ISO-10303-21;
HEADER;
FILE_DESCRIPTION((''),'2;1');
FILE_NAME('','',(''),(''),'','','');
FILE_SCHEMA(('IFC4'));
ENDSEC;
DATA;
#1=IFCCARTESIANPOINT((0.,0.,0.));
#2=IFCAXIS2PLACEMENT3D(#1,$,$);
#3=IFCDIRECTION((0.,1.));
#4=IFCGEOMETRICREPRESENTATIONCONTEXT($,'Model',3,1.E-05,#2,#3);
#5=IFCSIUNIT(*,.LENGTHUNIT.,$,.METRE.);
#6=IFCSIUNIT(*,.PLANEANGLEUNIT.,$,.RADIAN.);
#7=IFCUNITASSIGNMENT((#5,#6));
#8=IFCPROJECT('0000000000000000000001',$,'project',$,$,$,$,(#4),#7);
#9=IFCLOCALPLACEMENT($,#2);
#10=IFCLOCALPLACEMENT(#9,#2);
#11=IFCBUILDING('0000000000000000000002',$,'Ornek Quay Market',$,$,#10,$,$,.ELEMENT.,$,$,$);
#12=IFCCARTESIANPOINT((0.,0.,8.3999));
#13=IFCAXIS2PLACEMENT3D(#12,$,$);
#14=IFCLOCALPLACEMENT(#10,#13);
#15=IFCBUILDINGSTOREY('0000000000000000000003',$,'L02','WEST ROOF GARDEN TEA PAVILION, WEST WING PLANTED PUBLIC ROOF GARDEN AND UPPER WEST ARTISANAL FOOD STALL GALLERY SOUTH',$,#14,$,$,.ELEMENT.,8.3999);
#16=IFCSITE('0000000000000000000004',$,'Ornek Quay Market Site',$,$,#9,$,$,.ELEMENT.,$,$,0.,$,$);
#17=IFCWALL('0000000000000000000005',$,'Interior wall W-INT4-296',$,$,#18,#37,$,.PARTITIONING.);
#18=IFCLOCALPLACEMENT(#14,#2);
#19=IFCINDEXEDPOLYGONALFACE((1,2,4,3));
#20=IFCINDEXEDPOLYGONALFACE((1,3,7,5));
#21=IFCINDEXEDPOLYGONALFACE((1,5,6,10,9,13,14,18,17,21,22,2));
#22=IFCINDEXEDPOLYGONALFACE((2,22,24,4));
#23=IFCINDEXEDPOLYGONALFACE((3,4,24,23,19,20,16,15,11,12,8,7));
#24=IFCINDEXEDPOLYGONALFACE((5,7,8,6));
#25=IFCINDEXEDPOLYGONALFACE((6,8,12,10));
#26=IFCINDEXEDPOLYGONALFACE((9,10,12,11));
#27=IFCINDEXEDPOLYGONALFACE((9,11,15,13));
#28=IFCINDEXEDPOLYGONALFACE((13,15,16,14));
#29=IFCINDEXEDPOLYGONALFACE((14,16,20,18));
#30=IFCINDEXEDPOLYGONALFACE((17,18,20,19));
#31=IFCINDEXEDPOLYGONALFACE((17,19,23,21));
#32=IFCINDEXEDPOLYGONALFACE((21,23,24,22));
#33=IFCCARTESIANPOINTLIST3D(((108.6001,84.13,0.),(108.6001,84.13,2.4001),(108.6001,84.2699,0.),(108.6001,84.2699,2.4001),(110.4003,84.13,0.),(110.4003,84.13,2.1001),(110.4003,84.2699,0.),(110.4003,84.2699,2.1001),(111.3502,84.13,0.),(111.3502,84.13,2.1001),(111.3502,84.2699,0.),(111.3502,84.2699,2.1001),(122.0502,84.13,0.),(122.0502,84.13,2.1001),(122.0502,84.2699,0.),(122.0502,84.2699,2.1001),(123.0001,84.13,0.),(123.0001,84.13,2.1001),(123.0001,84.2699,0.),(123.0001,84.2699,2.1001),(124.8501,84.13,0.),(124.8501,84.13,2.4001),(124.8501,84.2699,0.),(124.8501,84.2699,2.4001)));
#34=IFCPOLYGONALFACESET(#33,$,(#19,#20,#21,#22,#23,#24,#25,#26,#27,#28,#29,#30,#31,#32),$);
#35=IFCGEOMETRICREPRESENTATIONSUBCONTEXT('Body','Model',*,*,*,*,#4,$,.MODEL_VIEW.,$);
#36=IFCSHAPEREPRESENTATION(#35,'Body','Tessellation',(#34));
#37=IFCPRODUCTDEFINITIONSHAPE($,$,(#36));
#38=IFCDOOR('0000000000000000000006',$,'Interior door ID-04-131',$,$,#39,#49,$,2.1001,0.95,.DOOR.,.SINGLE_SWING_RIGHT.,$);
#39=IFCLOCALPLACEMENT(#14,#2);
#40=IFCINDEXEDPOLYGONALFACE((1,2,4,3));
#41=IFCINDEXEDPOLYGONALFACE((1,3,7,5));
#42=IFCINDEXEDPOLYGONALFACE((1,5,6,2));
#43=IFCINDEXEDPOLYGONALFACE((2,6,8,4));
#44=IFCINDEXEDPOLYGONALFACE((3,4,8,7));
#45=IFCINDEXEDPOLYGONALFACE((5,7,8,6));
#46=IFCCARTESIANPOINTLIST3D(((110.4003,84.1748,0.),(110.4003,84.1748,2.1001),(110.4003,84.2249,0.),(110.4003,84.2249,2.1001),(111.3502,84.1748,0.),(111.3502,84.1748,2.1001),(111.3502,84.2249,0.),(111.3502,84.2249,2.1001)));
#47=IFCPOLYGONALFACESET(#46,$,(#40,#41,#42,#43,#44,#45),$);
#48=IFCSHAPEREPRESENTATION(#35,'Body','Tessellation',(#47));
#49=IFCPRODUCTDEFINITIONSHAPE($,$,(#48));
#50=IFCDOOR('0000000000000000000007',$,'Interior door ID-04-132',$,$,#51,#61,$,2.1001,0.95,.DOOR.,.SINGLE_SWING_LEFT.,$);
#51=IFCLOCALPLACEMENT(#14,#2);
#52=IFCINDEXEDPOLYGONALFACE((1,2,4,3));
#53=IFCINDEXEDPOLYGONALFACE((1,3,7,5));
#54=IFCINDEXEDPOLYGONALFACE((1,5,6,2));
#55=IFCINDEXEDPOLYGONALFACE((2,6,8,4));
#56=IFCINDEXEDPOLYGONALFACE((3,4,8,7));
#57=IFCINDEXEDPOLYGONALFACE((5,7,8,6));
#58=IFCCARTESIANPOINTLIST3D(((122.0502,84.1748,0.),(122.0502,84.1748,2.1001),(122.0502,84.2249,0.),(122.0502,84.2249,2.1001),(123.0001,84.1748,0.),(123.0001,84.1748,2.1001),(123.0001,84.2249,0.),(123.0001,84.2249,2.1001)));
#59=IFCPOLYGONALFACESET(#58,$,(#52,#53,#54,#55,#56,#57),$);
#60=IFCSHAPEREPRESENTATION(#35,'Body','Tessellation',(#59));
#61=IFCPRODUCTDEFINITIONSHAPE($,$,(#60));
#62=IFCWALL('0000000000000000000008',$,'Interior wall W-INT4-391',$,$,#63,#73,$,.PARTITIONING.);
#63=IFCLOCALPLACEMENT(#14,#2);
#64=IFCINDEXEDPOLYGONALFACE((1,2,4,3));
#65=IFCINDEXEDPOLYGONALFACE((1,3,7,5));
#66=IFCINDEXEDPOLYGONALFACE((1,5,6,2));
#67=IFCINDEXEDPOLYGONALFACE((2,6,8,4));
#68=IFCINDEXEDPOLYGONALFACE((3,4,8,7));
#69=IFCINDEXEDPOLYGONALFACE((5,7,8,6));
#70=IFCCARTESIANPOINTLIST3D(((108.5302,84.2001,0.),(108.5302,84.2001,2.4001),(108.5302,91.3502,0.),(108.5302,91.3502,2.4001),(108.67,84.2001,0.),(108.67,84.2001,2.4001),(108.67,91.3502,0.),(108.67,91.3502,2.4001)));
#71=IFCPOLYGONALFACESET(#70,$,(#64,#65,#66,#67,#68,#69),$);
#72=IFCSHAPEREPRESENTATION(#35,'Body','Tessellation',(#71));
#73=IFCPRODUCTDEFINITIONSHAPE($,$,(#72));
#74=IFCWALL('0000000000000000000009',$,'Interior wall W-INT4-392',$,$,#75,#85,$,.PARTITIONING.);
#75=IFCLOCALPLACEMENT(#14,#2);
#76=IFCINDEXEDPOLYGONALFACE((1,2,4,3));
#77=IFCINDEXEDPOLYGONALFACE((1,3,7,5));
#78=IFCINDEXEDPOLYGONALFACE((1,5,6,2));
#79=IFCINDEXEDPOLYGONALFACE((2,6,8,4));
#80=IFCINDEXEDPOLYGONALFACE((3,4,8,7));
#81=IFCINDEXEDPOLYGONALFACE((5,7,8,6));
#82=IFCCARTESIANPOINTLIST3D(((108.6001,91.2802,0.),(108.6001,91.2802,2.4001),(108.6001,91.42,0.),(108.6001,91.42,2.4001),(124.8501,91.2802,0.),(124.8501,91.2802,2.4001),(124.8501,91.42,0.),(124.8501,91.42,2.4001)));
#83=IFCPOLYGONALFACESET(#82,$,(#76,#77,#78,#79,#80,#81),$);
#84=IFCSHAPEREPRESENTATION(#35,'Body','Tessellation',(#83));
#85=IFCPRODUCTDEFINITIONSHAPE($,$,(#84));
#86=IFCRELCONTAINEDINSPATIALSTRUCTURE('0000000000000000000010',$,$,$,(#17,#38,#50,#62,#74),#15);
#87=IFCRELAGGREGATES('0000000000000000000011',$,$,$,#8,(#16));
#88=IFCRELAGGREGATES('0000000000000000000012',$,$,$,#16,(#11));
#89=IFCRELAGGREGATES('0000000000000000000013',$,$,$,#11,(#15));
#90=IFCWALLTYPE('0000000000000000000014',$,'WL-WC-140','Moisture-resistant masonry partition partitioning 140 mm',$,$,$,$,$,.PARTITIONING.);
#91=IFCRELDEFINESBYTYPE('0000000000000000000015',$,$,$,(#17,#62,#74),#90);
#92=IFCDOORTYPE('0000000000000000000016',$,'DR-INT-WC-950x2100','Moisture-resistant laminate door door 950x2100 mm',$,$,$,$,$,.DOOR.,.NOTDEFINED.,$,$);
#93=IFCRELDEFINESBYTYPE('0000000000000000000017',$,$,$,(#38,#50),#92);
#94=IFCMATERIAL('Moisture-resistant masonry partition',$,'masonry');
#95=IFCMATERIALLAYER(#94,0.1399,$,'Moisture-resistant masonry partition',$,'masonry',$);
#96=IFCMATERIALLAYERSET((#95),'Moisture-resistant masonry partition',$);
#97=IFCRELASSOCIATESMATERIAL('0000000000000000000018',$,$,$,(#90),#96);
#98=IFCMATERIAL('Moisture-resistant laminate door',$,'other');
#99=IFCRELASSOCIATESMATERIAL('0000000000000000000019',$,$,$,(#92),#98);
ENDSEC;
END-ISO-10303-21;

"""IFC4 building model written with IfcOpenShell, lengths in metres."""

from ifc_helpers import new_model, si_unit, direction, frame, frame_2d, origin, place, context, subcontext, project, spatial, rectangle, extrude, material, layer, layer_set, type_object, element, fill, save


model = new_model("IFC4")

# Units and contexts
model_context = context("Model", 3, precision=1e-05, world=origin(), true_north=direction((0.0, 1.0)))
body_context = subcontext(model_context, "Body", "Model", "MODEL_VIEW")
ifc_project = project(units=[si_unit("LENGTHUNIT", "METRE"), si_unit("PLANEANGLEUNIT", "RADIAN")], contexts=[model_context])

# Site, building, storey
site_placement = place(None, origin())
site = spatial("IfcSite", under=ifc_project, at=site_placement, Name="Ornek Quay Market Site", CompositionType="ELEMENT", RefElevation=0.0)
building_placement = place(site_placement, origin())
building = spatial("IfcBuilding", under=site, at=building_placement, Name="Ornek Quay Market", CompositionType="ELEMENT")
storey_placement = place(building_placement, frame((0.0, 0.0, 8.3999)))
storey = spatial("IfcBuildingStorey", under=building, at=storey_placement, Name="L02", Description="WEST ROOF GARDEN TEA PAVILION, WEST WING PLANTED PUBLIC ROOF GARDEN AND UPPER WEST ARTISANAL FOOD STALL GALLERY SOUTH", CompositionType="ELEMENT", Elevation=8.3999)

# Wall, openings, doors
ifc_material_1 = material(Name="Moisture-resistant masonry partition", Category="masonry")
ifc_layer_1 = layer(ifc_material_1, 0.1399, Name="Moisture-resistant masonry partition", Category="masonry")
ifc_layer_set_1 = layer_set([ifc_layer_1], Name="Moisture-resistant masonry partition")
wall_type_1 = type_object("IfcWallType", Name="WL-WC-140", Description="Moisture-resistant masonry partition partitioning 140 mm", PredefinedType="PARTITIONING", material=ifc_layer_set_1)
wall_1_placement = place(storey_placement, frame((108.6001, 84.2, 0.0), z_axis=(0.0, 0.0, 1.0), x_axis=(1.0, 0.0, 0.0)))
wall_1 = element("IfcWall", 1, at=wall_1_placement, inside=storey, type_object=wall_type_1, Name="Interior wall W-INT4-296", PredefinedType="PARTITIONING", context=body_context, shape_type="SweptSolid", body=[
    extrude(rectangle(XDim=16.25, YDim=0.1399, at=frame_2d((8.125, 0.0))), origin(), (0.0, 0.0, 1.0), 2.4001),
])
opening_1_placement = place(wall_1_placement, frame((1.8, 0.0, 0.0)))
opening_1 = element("IfcOpeningElement", 2, at=opening_1_placement, cuts=wall_1, PredefinedType="OPENING", context=body_context, shape_type="SweptSolid", body=[
    extrude(rectangle(XDim=0.95, YDim=2.1001, at=frame_2d((0.4751, 1.05))), frame((0.0, 0.0798, 0.0), z_axis=(0.0, -1.0, 0.0), x_axis=(1.0, 0.0, 0.0)), (0.0, 0.0, 1.0), 0.1599),
])
opening_2_placement = place(wall_1_placement, frame((13.45, 0.0, 0.0)))
opening_2 = element("IfcOpeningElement", 3, at=opening_2_placement, cuts=wall_1, PredefinedType="OPENING", context=body_context, shape_type="SweptSolid", body=[
    extrude(rectangle(XDim=0.95, YDim=2.1001, at=frame_2d((0.4751, 1.05))), frame((0.0, 0.0798, 0.0), z_axis=(0.0, -1.0, 0.0), x_axis=(1.0, 0.0, 0.0)), (0.0, 0.0, 1.0), 0.1599),
])
ifc_material_2 = material(Name="Moisture-resistant laminate door", Category="other")
door_type_1 = type_object("IfcDoorType", Name="DR-INT-WC-950x2100", Description="Moisture-resistant laminate door door 950x2100 mm", OperationType="NOTDEFINED", PredefinedType="DOOR", material=ifc_material_2)
door_1_placement = place(opening_1_placement, origin())
door_1 = element("IfcDoor", 4, at=door_1_placement, inside=storey, type_object=door_type_1, Name="Interior door ID-04-131", OperationType="SINGLE_SWING_RIGHT", OverallHeight=2.1001, OverallWidth=0.95, PredefinedType="DOOR", context=body_context, shape_type="SweptSolid", body=[
    extrude(rectangle(XDim=0.95, YDim=2.1001, at=frame_2d((0.4751, 1.05))), frame((0.0, 0.0249, 0.0), z_axis=(0.0, -1.0, 0.0), x_axis=(1.0, 0.0, 0.0)), (0.0, 0.0, 1.0), 0.05),
])
fill(opening_1, door_1)
door_2_placement = place(opening_2_placement, origin())
door_2 = element("IfcDoor", 5, at=door_2_placement, inside=storey, type_object=door_type_1, Name="Interior door ID-04-132", OperationType="SINGLE_SWING_LEFT", OverallHeight=2.1001, OverallWidth=0.95, PredefinedType="DOOR", context=body_context, shape_type="SweptSolid", body=[
    extrude(rectangle(XDim=0.95, YDim=2.1001, at=frame_2d((0.4751, 1.05))), frame((0.0, 0.0249, 0.0), z_axis=(0.0, -1.0, 0.0), x_axis=(1.0, 0.0, 0.0)), (0.0, 0.0, 1.0), 0.05),
])
fill(opening_2, door_2)

# Walls
wall_2_placement = place(storey_placement, frame((108.6001, 84.2, 0.0), z_axis=(0.0, 0.0, 1.0), x_axis=(0.0, 1.0, 0.0)))
element("IfcWall", 6, at=wall_2_placement, inside=storey, type_object=wall_type_1, Name="Interior wall W-INT4-391", PredefinedType="PARTITIONING", context=body_context, shape_type="SweptSolid", body=[
    extrude(rectangle(XDim=7.1501, YDim=0.1399, at=frame_2d((3.5752, 0.0))), origin(), (0.0, 0.0, 1.0), 2.4001),
])
wall_3_placement = place(storey_placement, frame((108.6001, 91.3501, 0.0), z_axis=(0.0, 0.0, 1.0), x_axis=(1.0, 0.0, 0.0)))
element("IfcWall", 7, at=wall_3_placement, inside=storey, type_object=wall_type_1, Name="Interior wall W-INT4-392", PredefinedType="PARTITIONING", context=body_context, shape_type="SweptSolid", body=[
    extrude(rectangle(XDim=16.25, YDim=0.1399, at=frame_2d((8.125, 0.0))), origin(), (0.0, 0.0, 1.0), 2.4001),
])

save(model, "model.ifc")
